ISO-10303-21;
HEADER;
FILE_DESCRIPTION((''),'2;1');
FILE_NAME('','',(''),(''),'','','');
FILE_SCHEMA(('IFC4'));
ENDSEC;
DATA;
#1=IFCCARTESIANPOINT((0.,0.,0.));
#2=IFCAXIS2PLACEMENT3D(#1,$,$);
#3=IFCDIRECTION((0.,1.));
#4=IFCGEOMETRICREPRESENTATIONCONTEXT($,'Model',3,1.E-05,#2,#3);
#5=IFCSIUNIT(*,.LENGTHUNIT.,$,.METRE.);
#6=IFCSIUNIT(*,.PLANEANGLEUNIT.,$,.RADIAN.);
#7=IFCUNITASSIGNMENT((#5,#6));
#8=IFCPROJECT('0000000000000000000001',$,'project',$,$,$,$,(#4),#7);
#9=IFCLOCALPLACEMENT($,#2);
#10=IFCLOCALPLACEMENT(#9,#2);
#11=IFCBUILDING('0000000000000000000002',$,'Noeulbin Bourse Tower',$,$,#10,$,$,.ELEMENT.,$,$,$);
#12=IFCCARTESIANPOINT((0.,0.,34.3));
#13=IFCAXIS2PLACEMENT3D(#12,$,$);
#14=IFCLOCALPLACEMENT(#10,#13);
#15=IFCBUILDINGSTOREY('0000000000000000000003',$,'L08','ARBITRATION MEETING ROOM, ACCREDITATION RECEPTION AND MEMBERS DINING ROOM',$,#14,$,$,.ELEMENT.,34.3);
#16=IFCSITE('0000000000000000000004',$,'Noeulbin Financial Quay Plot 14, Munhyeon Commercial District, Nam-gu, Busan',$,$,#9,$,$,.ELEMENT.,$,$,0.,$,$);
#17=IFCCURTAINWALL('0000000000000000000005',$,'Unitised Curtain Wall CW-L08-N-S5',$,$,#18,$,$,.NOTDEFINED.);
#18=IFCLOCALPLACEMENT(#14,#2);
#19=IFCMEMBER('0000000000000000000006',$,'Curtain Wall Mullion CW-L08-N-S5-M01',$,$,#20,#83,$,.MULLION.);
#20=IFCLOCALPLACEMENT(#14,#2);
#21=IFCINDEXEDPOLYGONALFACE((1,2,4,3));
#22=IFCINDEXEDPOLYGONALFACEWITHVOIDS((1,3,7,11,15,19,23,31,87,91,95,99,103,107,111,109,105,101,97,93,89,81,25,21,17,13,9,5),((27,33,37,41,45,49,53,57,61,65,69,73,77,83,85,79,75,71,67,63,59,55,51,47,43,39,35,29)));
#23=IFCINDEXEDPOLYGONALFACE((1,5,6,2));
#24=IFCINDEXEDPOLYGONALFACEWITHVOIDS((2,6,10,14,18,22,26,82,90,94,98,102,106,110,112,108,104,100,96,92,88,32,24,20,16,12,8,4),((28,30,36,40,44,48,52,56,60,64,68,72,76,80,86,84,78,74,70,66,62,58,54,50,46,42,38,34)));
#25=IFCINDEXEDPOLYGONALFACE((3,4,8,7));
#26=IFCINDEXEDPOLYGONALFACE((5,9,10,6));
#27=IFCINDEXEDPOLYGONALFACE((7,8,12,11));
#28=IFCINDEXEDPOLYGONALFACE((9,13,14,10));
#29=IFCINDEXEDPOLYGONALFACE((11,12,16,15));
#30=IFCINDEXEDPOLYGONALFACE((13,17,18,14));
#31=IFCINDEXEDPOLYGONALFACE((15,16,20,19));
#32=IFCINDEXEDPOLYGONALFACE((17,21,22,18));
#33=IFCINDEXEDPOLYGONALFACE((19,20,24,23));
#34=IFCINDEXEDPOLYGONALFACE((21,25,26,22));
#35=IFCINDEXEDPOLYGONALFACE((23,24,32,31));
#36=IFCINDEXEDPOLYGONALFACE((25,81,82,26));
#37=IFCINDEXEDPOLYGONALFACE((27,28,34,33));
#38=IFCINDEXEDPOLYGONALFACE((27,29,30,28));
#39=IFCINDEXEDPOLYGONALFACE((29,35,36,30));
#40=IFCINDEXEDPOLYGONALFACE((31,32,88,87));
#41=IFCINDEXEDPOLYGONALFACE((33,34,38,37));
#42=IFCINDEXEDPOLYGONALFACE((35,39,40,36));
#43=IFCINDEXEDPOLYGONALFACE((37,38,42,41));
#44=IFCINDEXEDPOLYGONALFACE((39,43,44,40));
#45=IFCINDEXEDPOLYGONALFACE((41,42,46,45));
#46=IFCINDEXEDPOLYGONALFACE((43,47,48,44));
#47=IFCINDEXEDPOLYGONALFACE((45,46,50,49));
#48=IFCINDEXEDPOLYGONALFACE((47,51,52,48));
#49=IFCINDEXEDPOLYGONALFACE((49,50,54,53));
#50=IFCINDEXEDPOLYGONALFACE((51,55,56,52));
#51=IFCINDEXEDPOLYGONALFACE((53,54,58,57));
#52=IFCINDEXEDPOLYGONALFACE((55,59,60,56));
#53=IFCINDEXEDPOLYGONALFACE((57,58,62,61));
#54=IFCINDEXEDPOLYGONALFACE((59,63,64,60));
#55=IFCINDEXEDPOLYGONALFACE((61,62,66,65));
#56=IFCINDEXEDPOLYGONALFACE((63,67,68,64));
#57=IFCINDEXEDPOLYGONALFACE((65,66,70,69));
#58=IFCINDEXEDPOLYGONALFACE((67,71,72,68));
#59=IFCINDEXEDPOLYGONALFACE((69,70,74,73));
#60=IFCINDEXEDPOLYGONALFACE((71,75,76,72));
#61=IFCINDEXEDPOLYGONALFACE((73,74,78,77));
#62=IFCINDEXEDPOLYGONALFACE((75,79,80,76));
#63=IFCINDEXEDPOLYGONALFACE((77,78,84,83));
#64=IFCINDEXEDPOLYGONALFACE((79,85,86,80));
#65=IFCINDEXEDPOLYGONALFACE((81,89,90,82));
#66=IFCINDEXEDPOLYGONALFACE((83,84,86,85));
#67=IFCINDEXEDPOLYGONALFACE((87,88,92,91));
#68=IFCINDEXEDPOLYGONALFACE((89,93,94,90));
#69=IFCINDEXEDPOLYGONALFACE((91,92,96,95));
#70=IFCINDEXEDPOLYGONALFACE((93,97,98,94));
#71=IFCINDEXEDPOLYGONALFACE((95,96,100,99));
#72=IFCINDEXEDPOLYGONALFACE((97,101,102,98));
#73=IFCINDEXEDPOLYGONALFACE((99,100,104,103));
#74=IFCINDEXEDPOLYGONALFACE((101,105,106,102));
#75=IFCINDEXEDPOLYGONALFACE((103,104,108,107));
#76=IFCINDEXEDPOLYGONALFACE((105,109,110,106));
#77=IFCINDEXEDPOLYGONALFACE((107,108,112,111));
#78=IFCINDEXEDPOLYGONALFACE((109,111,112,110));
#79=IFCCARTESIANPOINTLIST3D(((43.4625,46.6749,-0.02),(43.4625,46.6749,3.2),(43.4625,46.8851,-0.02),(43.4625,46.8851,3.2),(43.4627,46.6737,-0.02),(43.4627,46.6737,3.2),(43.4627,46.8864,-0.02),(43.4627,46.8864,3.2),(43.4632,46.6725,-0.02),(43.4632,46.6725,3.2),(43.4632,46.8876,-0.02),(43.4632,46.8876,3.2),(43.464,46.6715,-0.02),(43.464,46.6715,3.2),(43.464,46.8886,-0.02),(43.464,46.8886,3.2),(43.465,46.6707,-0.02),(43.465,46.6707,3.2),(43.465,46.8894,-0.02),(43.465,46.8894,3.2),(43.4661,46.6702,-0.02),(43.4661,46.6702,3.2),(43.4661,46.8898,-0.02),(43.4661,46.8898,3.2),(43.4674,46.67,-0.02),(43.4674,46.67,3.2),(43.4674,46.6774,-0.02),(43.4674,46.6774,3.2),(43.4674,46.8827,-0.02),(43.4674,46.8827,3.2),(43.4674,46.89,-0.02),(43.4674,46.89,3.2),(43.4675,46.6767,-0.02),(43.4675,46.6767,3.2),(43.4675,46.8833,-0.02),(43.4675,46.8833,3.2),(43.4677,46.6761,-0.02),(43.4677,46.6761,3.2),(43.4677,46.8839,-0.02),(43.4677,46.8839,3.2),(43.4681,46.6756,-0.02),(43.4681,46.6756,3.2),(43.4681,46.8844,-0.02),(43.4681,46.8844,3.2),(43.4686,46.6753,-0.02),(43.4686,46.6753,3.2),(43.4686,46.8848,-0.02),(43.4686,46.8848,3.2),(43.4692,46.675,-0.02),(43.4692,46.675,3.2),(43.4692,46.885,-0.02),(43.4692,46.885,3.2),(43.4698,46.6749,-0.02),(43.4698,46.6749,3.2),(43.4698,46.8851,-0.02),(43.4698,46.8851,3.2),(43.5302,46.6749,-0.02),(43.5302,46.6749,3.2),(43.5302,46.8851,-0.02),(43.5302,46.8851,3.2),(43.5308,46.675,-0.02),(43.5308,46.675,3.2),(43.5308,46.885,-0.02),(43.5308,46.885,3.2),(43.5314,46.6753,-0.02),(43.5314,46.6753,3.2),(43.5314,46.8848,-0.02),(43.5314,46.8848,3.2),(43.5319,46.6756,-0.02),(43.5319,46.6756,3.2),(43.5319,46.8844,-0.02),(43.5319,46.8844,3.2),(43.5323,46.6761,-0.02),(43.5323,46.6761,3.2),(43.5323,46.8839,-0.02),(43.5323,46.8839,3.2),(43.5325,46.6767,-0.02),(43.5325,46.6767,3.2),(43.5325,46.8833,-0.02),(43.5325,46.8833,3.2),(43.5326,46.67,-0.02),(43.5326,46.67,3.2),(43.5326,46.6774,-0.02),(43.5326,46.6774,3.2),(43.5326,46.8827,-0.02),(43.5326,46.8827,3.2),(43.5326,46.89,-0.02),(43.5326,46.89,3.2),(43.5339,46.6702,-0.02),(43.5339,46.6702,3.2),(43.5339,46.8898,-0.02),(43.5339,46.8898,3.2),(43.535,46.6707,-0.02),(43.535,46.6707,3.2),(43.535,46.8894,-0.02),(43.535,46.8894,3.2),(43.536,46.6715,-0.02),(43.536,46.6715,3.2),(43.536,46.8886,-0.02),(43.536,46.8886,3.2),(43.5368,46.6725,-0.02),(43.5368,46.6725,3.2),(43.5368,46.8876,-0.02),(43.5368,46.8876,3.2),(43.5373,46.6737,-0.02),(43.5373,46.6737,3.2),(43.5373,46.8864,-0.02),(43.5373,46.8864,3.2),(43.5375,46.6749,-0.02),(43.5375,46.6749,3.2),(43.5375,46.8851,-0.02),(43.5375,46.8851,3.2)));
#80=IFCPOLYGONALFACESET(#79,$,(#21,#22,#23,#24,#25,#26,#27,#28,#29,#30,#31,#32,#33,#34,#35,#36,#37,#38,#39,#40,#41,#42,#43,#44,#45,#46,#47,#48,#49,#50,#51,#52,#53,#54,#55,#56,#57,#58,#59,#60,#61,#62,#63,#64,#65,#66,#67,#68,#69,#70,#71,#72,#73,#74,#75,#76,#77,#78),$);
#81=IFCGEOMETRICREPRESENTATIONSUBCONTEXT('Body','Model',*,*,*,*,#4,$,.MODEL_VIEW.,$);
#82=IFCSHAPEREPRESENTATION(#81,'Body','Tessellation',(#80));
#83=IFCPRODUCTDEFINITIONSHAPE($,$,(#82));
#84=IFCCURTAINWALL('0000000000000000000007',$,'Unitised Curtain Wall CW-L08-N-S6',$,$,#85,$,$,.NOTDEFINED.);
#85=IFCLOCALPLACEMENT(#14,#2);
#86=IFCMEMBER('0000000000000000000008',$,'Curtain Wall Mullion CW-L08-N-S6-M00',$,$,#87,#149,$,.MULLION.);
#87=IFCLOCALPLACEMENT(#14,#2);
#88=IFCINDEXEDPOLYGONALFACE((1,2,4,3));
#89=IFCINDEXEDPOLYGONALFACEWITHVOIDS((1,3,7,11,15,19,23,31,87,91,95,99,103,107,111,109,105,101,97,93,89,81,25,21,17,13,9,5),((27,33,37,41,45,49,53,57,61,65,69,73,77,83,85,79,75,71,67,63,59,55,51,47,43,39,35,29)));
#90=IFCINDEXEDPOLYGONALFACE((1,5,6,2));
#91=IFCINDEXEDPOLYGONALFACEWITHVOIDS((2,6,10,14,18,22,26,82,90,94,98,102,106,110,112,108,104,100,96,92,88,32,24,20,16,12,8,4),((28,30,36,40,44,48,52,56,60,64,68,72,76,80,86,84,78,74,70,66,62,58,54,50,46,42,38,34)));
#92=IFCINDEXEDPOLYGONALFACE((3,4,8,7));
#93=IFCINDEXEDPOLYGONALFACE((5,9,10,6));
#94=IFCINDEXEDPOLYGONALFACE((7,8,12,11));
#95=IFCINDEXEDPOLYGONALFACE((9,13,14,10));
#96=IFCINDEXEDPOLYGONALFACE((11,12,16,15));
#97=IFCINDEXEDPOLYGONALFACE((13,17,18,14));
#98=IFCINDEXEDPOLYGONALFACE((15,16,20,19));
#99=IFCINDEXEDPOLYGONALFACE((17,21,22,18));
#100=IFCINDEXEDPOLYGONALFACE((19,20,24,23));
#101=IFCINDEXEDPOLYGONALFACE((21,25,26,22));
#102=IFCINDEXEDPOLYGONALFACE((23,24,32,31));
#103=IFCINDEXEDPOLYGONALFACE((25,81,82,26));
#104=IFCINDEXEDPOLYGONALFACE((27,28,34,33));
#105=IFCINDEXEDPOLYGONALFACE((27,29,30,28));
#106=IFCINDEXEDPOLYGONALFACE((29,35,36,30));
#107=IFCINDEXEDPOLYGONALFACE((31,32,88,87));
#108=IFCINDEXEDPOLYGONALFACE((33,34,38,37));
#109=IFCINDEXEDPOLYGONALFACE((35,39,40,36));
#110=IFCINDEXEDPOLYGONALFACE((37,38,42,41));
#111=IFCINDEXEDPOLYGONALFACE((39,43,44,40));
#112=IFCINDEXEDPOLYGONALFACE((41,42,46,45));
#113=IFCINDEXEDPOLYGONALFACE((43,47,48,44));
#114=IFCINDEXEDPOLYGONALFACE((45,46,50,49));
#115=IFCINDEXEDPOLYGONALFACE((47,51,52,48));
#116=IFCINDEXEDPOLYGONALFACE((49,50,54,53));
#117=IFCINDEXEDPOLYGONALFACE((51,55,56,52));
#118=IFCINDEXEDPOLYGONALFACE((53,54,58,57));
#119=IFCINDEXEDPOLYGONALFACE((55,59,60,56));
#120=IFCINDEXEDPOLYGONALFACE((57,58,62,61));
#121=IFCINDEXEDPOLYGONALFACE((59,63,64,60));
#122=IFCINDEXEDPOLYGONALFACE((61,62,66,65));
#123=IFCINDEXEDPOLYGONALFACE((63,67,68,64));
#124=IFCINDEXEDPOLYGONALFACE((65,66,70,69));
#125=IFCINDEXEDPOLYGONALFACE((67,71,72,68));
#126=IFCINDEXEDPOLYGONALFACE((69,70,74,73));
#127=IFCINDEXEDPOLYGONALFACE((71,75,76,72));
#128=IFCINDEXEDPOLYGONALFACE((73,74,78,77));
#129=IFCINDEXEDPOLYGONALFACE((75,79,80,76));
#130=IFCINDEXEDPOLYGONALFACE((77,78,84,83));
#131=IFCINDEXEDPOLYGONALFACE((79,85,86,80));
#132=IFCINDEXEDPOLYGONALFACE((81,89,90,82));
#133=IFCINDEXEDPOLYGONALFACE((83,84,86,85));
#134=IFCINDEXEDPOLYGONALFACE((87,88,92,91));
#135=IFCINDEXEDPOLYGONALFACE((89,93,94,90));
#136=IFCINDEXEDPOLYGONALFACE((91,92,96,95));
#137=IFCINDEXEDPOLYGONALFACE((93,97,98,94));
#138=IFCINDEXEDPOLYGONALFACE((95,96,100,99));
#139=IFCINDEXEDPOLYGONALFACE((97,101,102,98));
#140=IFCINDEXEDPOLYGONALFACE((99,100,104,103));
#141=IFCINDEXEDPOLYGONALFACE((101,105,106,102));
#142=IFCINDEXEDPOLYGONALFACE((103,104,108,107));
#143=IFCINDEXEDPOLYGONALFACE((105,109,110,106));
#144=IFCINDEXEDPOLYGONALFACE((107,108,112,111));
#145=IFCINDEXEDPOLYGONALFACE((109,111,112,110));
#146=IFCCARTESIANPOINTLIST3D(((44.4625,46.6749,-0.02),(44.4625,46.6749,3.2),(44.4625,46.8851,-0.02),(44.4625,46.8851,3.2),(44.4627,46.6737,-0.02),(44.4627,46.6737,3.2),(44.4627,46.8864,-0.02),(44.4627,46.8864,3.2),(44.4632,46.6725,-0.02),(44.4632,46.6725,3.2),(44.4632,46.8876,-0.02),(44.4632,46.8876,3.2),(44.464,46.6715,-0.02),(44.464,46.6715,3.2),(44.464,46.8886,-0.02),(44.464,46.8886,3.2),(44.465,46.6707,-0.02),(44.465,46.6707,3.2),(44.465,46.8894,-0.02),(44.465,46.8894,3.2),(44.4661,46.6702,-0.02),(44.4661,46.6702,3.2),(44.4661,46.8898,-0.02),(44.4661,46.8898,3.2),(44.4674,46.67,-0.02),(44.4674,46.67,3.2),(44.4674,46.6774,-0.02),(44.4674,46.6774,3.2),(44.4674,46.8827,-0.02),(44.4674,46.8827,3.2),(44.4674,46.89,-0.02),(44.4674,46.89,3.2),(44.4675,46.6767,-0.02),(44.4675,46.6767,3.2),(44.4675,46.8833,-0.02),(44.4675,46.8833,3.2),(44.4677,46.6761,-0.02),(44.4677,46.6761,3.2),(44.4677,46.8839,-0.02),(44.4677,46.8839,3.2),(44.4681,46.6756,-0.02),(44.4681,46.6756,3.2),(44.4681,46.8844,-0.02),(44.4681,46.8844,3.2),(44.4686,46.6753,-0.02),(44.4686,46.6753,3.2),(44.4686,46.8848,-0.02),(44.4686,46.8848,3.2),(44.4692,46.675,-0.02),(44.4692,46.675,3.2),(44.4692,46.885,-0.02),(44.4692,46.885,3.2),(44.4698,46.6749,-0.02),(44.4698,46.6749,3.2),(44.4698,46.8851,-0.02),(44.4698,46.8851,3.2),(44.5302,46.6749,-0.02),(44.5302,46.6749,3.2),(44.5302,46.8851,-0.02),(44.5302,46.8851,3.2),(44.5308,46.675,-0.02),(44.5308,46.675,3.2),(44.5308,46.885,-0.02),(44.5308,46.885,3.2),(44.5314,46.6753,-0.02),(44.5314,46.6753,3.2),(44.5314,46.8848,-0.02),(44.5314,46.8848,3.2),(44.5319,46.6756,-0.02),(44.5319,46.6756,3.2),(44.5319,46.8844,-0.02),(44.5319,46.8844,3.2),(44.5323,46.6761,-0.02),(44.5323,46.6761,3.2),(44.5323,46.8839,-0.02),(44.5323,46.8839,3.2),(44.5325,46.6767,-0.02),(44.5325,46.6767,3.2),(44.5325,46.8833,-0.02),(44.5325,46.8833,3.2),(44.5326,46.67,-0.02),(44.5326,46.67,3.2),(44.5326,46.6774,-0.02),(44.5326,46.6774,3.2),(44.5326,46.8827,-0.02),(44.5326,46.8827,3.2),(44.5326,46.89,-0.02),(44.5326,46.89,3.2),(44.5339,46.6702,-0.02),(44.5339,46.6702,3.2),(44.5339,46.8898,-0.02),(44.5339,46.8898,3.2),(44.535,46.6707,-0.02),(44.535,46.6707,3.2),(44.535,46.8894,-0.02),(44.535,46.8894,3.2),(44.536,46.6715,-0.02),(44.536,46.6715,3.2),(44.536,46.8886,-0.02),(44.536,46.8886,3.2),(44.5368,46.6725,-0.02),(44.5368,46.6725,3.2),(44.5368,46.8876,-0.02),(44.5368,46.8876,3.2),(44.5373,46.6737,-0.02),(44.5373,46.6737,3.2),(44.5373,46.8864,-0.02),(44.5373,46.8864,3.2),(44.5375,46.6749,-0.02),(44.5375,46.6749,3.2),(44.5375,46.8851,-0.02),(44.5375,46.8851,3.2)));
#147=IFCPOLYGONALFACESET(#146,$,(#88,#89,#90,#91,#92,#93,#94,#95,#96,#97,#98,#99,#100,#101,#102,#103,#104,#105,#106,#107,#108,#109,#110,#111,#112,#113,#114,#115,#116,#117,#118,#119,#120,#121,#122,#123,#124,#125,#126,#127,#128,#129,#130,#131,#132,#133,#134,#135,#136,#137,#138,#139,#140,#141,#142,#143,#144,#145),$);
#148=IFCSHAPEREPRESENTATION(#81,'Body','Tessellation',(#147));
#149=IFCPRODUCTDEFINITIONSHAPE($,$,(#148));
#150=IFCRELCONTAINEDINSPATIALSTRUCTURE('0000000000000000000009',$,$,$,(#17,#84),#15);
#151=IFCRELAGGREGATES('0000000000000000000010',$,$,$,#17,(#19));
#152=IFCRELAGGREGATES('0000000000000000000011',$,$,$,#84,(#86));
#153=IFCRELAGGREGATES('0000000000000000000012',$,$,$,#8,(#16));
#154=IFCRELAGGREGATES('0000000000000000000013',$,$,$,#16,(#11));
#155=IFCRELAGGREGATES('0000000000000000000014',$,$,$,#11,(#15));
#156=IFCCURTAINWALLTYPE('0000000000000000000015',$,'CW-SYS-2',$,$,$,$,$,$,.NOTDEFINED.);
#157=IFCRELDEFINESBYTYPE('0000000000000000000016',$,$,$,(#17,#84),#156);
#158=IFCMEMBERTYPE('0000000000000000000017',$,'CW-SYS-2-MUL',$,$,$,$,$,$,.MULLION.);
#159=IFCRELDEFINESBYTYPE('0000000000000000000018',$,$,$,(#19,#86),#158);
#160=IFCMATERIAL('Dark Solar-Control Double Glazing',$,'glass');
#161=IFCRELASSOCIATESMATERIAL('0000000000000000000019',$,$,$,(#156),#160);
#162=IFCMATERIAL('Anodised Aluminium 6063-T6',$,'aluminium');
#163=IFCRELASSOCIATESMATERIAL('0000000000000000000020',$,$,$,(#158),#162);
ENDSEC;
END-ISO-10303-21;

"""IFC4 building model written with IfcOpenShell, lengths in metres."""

from ifc_helpers import new_model, si_unit, direction, frame, origin, origin_2d, place, context, subcontext, project, spatial, hollow_rectangle, extrude, material, material_profile, profile_set, type_object, element, aggregate, save


model = new_model("IFC4")

# Units and contexts
model_context = context("Model", 3, precision=1e-05, world=origin(), true_north=direction((0.0, 1.0)))
body_context = subcontext(model_context, "Body", "Model", "MODEL_VIEW")
ifc_project = project(units=[si_unit("LENGTHUNIT", "METRE"), si_unit("PLANEANGLEUNIT", "RADIAN")], contexts=[model_context])

# Site, building, storey
site_placement = place(None, origin())
site = spatial("IfcSite", under=ifc_project, at=site_placement, Name="Noeulbin Financial Quay Plot 14, Munhyeon Commercial District, Nam-gu, Busan", CompositionType="ELEMENT", RefElevation=0.0)
building_placement = place(site_placement, origin())
building = spatial("IfcBuilding", under=site, at=building_placement, Name="Noeulbin Bourse Tower", CompositionType="ELEMENT")
storey_placement = place(building_placement, frame((0.0, 0.0, 34.3)))
storey = spatial("IfcBuildingStorey", under=building, at=storey_placement, Name="L08", Description="ARBITRATION MEETING ROOM, ACCREDITATION RECEPTION AND MEMBERS DINING ROOM", CompositionType="ELEMENT", Elevation=34.3)

# Curtain wall, member
ifc_material_1 = material(Name="Dark Solar-Control Double Glazing", Category="glass")
curtain_wall_type = type_object("IfcCurtainWallType", Name="CW-SYS-2", PredefinedType="NOTDEFINED", material=ifc_material_1)
curtain_wall_1_placement = place(storey_placement, origin())
curtain_wall_1 = element("IfcCurtainWall", 1, at=curtain_wall_1_placement, inside=storey, type_object=curtain_wall_type, Name="Unitised Curtain Wall CW-L08-N-S5", PredefinedType="NOTDEFINED")
ifc_material_2 = material(Name="Anodised Aluminium 6063-T6", Category="aluminium")
ifc_material_profile_1 = material_profile(ifc_material_2, hollow_rectangle(XDim=0.075, YDim=0.22, WallThickness=0.0049, InnerFilletRadius=0.0024, OuterFilletRadius=0.0049, at=origin_2d()), Name="ALU-MULL-75x220x5", Category="LoadBearing")
ifc_profile_set_1 = profile_set([ifc_material_profile_1], Name="Anodised Aluminium 6063-T6")
member_type_1 = type_object("IfcMemberType", Name="CW-SYS-2-MUL", PredefinedType="MULLION", material=ifc_profile_set_1)
member_1_placement = place(storey_placement, frame((43.5, 46.78, -0.02), z_axis=(0.0, 0.0, 1.0), x_axis=(1.0, 0.0, 0.0)))
member_1 = element("IfcMember", 2, at=member_1_placement, type_object=member_type_1, Name="Curtain Wall Mullion CW-L08-N-S5-M01", PredefinedType="MULLION", context=body_context, shape_type="SweptSolid", body=[
    extrude(hollow_rectangle(XDim=0.075, YDim=0.22, WallThickness=0.0049, InnerFilletRadius=0.0024, OuterFilletRadius=0.0049, at=origin_2d()), origin(), (0.0, 0.0, 1.0), 3.22),
])

# Curtain wall, member
curtain_wall_2_placement = place(storey_placement, origin())
curtain_wall_2 = element("IfcCurtainWall", 3, at=curtain_wall_2_placement, inside=storey, type_object=curtain_wall_type, Name="Unitised Curtain Wall CW-L08-N-S6", PredefinedType="NOTDEFINED")
member_2_placement = place(storey_placement, frame((44.5, 46.78, -0.02), z_axis=(0.0, 0.0, 1.0), x_axis=(1.0, 0.0, 0.0)))
member_2 = element("IfcMember", 4, at=member_2_placement, type_object=member_type_1, Name="Curtain Wall Mullion CW-L08-N-S6-M00", PredefinedType="MULLION", context=body_context, shape_type="SweptSolid", body=[
    extrude(hollow_rectangle(XDim=0.075, YDim=0.22, WallThickness=0.0049, InnerFilletRadius=0.0024, OuterFilletRadius=0.0049, at=origin_2d()), origin(), (0.0, 0.0, 1.0), 3.22),
])

aggregate(curtain_wall_1, [member_1])
aggregate(curtain_wall_2, [member_2])

save(model, "model.ifc")
